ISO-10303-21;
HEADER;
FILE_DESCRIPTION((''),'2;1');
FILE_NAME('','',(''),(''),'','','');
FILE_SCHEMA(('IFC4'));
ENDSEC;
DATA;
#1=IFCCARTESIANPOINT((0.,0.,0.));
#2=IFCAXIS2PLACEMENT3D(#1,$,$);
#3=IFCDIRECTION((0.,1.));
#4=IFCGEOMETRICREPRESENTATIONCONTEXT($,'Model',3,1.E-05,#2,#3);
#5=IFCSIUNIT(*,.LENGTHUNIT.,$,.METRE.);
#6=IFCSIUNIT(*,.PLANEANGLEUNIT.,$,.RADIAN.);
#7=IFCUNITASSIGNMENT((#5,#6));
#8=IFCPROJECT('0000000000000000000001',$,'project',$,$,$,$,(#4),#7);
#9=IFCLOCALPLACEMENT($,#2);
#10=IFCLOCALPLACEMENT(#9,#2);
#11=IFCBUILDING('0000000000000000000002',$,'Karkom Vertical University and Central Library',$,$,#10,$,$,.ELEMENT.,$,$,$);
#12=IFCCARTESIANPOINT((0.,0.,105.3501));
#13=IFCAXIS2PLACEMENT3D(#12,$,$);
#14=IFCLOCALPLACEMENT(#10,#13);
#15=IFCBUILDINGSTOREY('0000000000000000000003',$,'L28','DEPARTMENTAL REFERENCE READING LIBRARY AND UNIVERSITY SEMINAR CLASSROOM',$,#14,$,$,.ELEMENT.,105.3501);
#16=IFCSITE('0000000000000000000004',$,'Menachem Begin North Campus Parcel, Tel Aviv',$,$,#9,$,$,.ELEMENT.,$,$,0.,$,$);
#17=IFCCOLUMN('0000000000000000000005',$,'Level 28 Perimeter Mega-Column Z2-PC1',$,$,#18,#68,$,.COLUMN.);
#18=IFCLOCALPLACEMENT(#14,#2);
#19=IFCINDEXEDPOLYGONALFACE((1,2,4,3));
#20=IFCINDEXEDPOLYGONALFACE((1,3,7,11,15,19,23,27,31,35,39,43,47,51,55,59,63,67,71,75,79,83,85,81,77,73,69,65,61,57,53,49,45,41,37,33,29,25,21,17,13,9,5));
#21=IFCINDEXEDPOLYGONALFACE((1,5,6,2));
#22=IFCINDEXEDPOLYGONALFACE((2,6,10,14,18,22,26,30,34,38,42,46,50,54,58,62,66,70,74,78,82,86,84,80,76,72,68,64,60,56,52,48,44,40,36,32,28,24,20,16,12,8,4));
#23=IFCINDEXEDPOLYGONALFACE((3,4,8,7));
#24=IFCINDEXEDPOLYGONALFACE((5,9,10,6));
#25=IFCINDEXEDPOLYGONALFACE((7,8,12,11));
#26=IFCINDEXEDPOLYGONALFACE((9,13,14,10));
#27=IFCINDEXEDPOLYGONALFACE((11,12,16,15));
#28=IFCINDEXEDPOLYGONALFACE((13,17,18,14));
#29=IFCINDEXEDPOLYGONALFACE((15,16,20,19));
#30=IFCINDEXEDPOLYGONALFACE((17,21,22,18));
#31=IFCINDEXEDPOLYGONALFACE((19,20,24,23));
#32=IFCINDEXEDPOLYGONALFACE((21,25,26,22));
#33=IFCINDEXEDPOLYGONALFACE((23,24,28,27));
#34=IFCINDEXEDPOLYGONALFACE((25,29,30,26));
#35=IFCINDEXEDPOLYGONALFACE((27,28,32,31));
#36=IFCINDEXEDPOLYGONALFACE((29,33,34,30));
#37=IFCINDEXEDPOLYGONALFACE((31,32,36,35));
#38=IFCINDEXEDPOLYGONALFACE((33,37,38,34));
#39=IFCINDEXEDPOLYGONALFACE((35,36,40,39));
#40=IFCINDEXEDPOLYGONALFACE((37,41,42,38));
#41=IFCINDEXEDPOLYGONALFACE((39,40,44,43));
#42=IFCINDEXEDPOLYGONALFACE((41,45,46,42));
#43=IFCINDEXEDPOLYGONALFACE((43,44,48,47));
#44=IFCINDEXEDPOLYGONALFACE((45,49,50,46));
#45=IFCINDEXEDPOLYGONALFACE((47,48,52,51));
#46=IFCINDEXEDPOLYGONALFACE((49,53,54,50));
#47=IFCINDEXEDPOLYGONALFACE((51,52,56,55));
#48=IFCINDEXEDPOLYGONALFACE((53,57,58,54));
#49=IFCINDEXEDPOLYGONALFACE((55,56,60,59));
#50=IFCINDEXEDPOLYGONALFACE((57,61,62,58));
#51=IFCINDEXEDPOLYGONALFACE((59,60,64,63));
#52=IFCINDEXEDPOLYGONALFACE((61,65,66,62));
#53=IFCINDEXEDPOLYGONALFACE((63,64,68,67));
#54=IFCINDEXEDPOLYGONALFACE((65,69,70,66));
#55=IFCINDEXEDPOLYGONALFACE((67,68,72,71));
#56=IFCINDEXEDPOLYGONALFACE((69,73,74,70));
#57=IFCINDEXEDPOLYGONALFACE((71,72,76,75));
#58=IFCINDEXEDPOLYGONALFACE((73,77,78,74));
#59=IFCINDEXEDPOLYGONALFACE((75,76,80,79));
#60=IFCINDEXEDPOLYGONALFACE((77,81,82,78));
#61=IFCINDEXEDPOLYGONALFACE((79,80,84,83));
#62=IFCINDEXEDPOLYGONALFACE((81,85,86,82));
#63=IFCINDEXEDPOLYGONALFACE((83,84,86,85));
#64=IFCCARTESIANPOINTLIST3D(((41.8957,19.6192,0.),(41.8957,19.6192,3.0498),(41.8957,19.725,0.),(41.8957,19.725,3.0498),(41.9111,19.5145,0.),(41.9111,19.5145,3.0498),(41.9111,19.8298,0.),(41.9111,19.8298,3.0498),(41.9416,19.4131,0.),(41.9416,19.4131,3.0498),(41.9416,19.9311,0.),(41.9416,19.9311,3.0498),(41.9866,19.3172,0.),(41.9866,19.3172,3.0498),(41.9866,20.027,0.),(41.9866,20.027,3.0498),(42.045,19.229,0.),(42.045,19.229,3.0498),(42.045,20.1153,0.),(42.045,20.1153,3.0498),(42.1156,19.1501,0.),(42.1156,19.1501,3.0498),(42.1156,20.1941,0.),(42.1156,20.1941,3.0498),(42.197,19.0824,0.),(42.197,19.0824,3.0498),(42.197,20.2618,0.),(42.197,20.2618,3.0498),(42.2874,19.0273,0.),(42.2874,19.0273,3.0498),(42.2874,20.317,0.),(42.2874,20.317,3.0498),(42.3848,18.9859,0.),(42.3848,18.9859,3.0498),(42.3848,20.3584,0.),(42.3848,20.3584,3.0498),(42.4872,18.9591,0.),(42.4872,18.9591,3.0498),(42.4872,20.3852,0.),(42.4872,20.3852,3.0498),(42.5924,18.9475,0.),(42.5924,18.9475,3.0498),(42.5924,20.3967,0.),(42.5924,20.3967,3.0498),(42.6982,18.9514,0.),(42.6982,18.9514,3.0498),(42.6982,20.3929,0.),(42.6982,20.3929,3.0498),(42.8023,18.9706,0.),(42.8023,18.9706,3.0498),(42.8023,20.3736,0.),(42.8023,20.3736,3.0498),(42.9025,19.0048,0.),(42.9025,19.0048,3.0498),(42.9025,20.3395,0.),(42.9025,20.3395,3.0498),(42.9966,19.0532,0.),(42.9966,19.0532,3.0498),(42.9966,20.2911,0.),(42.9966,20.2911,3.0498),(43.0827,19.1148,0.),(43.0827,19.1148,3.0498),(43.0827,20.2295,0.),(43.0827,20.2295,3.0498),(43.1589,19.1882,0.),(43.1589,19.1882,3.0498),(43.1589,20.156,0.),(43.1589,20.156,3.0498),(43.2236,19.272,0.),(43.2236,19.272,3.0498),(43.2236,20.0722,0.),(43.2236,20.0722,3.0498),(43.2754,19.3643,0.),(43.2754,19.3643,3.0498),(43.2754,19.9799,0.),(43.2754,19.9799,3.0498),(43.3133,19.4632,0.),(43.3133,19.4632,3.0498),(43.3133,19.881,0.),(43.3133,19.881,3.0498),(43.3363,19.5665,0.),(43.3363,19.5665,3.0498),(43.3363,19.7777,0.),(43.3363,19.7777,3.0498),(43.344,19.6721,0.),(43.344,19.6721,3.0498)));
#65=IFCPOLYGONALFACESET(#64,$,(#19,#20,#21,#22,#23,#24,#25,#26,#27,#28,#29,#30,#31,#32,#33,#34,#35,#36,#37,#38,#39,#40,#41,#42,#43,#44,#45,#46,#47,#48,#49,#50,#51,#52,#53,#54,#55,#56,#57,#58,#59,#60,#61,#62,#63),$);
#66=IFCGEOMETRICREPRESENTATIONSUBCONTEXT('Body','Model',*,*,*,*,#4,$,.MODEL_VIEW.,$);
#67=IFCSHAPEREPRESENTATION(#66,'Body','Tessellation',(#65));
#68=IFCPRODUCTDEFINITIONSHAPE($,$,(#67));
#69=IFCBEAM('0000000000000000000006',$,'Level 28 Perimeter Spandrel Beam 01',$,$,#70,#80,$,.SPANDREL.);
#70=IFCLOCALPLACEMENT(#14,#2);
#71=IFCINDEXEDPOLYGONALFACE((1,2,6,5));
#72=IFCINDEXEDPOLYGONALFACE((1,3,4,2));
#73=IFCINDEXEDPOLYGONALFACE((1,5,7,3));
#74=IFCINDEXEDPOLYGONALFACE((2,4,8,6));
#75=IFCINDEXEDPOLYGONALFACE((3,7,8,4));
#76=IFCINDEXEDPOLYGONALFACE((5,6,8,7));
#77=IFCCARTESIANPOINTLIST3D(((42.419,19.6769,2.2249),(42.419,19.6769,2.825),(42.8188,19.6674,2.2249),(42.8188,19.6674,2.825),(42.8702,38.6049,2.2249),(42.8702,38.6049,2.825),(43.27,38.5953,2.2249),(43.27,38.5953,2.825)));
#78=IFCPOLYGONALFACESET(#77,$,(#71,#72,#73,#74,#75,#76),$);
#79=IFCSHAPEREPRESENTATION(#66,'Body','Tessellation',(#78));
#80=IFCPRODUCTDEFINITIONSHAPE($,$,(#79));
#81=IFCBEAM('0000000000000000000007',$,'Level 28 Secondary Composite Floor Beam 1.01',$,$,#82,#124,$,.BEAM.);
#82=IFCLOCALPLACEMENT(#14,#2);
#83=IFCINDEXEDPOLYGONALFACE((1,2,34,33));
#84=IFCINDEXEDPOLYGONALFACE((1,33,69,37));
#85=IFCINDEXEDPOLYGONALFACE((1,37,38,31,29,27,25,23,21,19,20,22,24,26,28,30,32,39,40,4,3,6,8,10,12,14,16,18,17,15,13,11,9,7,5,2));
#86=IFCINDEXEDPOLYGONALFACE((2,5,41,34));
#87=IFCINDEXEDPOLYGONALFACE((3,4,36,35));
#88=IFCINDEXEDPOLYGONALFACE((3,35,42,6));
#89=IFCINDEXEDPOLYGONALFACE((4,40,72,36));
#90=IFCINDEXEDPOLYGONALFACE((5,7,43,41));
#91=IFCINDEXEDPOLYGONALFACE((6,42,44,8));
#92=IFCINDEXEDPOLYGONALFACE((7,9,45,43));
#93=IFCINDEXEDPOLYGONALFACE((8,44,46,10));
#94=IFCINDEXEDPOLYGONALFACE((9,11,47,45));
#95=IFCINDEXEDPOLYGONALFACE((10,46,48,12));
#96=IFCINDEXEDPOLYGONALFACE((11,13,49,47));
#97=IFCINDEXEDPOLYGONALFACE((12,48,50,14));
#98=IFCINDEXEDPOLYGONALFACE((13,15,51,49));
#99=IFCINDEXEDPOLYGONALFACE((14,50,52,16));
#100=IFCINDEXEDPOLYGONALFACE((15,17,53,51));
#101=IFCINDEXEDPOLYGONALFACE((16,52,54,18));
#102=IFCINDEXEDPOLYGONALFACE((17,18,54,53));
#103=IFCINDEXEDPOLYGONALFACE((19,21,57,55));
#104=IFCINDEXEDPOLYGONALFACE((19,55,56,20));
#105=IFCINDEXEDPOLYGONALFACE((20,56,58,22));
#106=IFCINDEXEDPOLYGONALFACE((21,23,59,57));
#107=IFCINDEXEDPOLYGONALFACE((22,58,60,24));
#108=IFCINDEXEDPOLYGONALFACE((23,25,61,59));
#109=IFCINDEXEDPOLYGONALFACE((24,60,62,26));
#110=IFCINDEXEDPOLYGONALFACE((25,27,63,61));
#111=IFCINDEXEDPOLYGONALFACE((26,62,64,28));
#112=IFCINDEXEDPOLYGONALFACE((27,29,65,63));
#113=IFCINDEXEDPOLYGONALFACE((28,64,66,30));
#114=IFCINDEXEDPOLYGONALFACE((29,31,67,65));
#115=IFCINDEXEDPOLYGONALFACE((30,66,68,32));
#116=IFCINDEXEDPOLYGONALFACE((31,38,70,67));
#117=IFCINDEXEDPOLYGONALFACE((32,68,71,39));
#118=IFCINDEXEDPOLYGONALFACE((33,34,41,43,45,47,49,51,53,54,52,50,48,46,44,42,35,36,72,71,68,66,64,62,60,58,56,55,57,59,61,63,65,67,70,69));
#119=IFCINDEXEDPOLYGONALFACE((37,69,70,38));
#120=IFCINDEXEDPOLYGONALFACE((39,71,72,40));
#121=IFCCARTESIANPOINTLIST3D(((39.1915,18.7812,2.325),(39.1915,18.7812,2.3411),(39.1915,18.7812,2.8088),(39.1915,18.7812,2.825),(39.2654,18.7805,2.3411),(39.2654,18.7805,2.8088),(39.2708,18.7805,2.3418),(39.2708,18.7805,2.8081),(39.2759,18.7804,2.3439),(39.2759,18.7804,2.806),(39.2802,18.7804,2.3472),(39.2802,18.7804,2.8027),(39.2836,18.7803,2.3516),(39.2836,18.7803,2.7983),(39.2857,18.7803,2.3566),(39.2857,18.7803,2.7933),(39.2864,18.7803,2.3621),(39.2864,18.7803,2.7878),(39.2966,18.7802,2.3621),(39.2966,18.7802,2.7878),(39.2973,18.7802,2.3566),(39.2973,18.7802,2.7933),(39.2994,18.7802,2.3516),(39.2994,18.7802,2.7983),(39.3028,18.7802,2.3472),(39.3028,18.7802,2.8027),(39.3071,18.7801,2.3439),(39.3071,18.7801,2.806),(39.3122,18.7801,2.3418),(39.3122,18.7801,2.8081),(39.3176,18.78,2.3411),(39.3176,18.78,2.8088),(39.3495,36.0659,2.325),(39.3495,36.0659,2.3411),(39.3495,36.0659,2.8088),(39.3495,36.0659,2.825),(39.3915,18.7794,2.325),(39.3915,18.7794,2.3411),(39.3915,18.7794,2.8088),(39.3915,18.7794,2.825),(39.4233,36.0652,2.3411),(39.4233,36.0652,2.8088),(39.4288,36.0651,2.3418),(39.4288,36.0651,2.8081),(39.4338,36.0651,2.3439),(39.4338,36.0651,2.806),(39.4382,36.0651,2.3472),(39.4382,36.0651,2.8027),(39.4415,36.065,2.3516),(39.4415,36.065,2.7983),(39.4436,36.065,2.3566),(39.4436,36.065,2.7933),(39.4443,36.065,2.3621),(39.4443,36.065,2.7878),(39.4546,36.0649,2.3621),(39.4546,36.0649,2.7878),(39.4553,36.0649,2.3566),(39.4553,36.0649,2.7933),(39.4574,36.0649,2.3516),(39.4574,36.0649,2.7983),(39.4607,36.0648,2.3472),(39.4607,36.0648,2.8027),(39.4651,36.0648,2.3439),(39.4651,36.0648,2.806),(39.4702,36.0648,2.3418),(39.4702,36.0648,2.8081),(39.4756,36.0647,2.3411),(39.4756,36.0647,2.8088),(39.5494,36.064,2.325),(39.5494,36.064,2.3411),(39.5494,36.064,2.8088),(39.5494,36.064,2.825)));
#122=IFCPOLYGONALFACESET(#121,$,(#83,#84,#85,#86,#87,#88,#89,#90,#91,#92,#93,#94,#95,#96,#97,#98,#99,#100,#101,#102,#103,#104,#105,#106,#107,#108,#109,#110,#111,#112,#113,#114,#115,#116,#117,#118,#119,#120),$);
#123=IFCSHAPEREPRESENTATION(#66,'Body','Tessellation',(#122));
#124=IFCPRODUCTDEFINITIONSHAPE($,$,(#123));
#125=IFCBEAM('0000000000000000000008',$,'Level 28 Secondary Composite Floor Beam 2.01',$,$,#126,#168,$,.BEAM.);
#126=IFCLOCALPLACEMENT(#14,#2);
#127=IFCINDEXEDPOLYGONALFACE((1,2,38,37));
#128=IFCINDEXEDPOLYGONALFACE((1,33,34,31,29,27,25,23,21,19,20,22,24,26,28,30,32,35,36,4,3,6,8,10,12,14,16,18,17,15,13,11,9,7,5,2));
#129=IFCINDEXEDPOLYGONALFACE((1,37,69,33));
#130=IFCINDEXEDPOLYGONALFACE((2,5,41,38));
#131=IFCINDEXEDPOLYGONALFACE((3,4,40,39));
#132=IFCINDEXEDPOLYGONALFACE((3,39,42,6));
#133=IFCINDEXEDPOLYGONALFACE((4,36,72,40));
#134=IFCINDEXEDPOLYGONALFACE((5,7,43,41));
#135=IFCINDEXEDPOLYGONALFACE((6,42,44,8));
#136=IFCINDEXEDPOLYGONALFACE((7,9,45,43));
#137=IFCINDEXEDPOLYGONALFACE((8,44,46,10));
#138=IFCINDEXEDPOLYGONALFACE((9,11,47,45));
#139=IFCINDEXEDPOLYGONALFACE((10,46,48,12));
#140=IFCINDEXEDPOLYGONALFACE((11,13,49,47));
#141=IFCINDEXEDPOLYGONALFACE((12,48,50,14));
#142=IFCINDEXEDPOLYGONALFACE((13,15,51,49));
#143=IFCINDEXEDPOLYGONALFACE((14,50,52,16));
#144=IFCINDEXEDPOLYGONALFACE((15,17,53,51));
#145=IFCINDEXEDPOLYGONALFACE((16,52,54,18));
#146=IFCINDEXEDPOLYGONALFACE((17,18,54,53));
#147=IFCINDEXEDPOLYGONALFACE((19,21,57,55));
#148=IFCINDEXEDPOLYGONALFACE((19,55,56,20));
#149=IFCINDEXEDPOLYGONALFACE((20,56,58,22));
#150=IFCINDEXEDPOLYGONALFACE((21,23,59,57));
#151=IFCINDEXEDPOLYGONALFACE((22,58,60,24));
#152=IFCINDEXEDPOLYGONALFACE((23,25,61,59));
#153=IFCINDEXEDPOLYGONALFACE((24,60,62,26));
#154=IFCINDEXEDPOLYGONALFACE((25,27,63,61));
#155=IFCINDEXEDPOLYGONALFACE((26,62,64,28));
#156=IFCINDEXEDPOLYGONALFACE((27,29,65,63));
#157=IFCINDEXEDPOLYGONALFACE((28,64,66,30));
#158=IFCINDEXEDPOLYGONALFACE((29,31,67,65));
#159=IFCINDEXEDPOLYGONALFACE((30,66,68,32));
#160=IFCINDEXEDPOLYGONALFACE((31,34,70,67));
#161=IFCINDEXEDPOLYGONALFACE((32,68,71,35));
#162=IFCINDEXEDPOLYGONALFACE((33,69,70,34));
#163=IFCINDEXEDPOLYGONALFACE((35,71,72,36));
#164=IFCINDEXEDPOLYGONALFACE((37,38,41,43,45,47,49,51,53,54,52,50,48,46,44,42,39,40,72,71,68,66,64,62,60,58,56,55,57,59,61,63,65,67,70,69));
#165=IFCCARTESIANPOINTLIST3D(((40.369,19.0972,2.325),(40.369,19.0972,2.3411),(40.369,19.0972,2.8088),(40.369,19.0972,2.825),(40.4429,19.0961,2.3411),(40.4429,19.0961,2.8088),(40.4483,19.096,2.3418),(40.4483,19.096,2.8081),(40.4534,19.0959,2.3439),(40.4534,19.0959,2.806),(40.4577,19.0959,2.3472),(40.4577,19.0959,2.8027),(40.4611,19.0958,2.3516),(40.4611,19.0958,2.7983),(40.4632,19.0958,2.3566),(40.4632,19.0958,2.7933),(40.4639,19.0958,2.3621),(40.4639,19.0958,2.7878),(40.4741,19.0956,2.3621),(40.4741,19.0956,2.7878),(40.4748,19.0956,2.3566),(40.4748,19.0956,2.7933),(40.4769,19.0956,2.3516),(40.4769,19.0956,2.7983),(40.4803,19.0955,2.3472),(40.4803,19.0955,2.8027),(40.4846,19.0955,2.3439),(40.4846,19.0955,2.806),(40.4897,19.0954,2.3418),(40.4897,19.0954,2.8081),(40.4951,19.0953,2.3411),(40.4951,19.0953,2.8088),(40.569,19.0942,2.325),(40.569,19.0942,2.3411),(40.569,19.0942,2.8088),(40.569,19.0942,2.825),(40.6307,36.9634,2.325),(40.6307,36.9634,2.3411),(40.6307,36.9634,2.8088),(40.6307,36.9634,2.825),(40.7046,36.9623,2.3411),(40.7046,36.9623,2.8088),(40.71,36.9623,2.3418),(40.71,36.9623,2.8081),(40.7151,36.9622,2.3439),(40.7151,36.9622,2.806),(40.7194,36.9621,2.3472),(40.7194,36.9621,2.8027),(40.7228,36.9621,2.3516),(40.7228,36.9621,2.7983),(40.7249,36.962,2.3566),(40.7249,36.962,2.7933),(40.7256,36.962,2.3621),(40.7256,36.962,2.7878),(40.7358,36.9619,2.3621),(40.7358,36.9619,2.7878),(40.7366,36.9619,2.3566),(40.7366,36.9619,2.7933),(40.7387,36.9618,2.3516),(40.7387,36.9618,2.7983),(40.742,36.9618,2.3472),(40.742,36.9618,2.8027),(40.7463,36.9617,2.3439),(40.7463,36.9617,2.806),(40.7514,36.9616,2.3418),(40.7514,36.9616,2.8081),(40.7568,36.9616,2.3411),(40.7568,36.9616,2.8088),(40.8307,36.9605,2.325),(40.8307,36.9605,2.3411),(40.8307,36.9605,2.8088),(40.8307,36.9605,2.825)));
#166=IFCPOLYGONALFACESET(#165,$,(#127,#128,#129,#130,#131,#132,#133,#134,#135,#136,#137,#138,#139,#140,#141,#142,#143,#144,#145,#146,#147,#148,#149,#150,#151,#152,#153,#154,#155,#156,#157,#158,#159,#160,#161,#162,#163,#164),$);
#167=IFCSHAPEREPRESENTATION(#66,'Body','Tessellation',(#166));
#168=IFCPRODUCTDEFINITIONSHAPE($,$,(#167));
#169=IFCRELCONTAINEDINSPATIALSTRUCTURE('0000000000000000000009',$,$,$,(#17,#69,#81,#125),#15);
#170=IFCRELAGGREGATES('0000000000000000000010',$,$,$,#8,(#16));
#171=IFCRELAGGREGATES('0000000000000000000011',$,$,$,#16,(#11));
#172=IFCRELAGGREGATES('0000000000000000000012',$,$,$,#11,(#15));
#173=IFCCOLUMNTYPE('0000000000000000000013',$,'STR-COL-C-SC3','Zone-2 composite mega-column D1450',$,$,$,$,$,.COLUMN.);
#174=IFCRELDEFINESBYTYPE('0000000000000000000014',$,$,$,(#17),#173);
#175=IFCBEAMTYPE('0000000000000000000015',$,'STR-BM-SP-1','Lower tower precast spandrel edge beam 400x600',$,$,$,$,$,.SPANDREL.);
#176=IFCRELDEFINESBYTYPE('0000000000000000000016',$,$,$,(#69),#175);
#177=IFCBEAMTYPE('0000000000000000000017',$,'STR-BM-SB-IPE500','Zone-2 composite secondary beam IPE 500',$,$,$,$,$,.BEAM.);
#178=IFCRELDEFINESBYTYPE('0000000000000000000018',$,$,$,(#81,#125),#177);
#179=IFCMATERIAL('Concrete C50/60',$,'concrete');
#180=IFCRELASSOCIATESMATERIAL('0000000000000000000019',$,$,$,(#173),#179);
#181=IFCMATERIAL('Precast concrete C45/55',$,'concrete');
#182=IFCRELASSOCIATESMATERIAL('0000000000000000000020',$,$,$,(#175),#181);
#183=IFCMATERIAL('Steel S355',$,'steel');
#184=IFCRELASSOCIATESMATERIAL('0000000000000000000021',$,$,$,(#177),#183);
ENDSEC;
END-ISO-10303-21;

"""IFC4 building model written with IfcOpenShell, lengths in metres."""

from ifc_helpers import new_model, si_unit, direction, frame, origin, origin_with_axes, origin_2d, place, context, subcontext, project, spatial, rectangle, circle, i_section, extrude, source, transform, mapped, material, material_profile, profile_set, type_object, element, save


model = new_model("IFC4")

# Units and contexts
model_context = context("Model", 3, precision=1e-05, world=origin(), true_north=direction((0.0, 1.0)))
body_context = subcontext(model_context, "Body", "Model", "MODEL_VIEW")
ifc_project = project(units=[si_unit("LENGTHUNIT", "METRE"), si_unit("PLANEANGLEUNIT", "RADIAN")], contexts=[model_context])

# Site, building, storey
site_placement = place(None, origin())
site = spatial("IfcSite", under=ifc_project, at=site_placement, Name="Menachem Begin North Campus Parcel, Tel Aviv", CompositionType="ELEMENT", RefElevation=0.0)
building_placement = place(site_placement, origin())
building = spatial("IfcBuilding", under=site, at=building_placement, Name="Karkom Vertical University and Central Library", CompositionType="ELEMENT")
storey_placement = place(building_placement, frame((0.0, 0.0, 105.3501)))
storey = spatial("IfcBuildingStorey", under=building, at=storey_placement, Name="L28", Description="DEPARTMENTAL REFERENCE READING LIBRARY AND UNIVERSITY SEMINAR CLASSROOM", CompositionType="ELEMENT", Elevation=105.3501)

# Column
ifc_material_1 = material(Name="Concrete C50/60", Category="concrete")
ifc_material_profile_1 = material_profile(ifc_material_1, circle(Radius=0.7251, at=origin_2d()), Name="CFT-D1450")
ifc_profile_set_1 = profile_set([ifc_material_profile_1], Name="Concrete C50/60")
column_type = type_object("IfcColumnType", Name="STR-COL-C-SC3", Description="Zone-2 composite mega-column D1450", PredefinedType="COLUMN", material=ifc_profile_set_1)
shared_shape_1 = source(origin_with_axes(), body_context, "Body", "SweptSolid", [
    extrude(circle(Radius=0.7251, at=origin_2d()), origin(), (0.0, 0.0, 1.0), 3.0498),
])
column_placement = place(storey_placement, frame((42.6189, 19.6721, 0.0), z_axis=(0.0, 0.0, 1.0), x_axis=(1.0, 0.0, 0.0)))
element("IfcColumn", 1, at=column_placement, inside=storey, type_object=column_type, Name="Level 28 Perimeter Mega-Column Z2-PC1", PredefinedType="COLUMN", context=body_context, shape_type="MappedRepresentation", body=[
    mapped(shared_shape_1, transform((0.0, 0.0, 0.0), scale=1.0)),
])

# Beams
ifc_material_2 = material(Name="Precast concrete C45/55", Category="concrete")
ifc_material_profile_2 = material_profile(ifc_material_2, rectangle(XDim=0.3999, YDim=0.6001, at=origin_2d()), Name="SPB-400x600")
ifc_profile_set_2 = profile_set([ifc_material_profile_2], Name="Precast concrete C45/55")
beam_type_1 = type_object("IfcBeamType", Name="STR-BM-SP-1", Description="Lower tower precast spandrel edge beam 400x600", PredefinedType="SPANDREL", material=ifc_profile_set_2)
shared_shape_2 = source(origin_with_axes(), body_context, "Body", "SweptSolid", [
    extrude(rectangle(XDim=0.3999, YDim=0.6001, at=origin_2d()), origin(), (0.0, 0.0, 1.0), 18.9333),
])
beam_1_placement = place(storey_placement, frame((42.6189, 19.6721, 2.5249), z_axis=(0.023829, 0.999716, 0.0), x_axis=(-0.999716, 0.023829, 0.0)))
element("IfcBeam", 2, at=beam_1_placement, inside=storey, type_object=beam_type_1, Name="Level 28 Perimeter Spandrel Beam 01", PredefinedType="SPANDREL", context=body_context, shape_type="MappedRepresentation", body=[
    mapped(shared_shape_2, transform((0.0, 0.0, 0.0), scale=1.0)),
])
ifc_material_3 = material(Name="Steel S355", Category="steel")
ifc_material_profile_3 = material_profile(ifc_material_3, i_section(OverallWidth=0.2, OverallDepth=0.5, WebThickness=0.0103, FlangeThickness=0.0161, FilletRadius=0.021, at=origin_2d()), Name="IPE 500")
ifc_profile_set_3 = profile_set([ifc_material_profile_3], Name="Steel S355")
beam_type_2 = type_object("IfcBeamType", Name="STR-BM-SB-IPE500", Description="Zone-2 composite secondary beam IPE 500", PredefinedType="BEAM", material=ifc_profile_set_3)
shared_shape_3 = source(origin_with_axes(), body_context, "Body", "SweptSolid", [
    extrude(i_section(OverallWidth=0.2, OverallDepth=0.5, WebThickness=0.0103, FlangeThickness=0.0161, FilletRadius=0.021, at=origin_2d()), origin(), (0.0, 0.0, 1.0), 17.2854),
])
beam_2_placement = place(storey_placement, frame((39.2915, 18.7803, 2.575), z_axis=(0.009138, 0.999958, 0.0), x_axis=(-0.999958, 0.009138, 0.0)))
element("IfcBeam", 3, at=beam_2_placement, inside=storey, type_object=beam_type_2, Name="Level 28 Secondary Composite Floor Beam 1.01", PredefinedType="BEAM", context=body_context, shape_type="MappedRepresentation", body=[
    mapped(shared_shape_3, transform((0.0, 0.0, 0.0), scale=1.0)),
])
shared_shape_4 = source(origin_with_axes(), body_context, "Body", "SweptSolid", [
    extrude(i_section(OverallWidth=0.2, OverallDepth=0.5, WebThickness=0.0103, FlangeThickness=0.0161, FilletRadius=0.021, at=origin_2d()), origin(), (0.0, 0.0, 1.0), 17.8682),
])
beam_3_placement = place(storey_placement, frame((40.469, 19.0957, 2.575), z_axis=(0.014647, 0.999893, 0.0), x_axis=(-0.999893, 0.014647, 0.0)))
element("IfcBeam", 4, at=beam_3_placement, inside=storey, type_object=beam_type_2, Name="Level 28 Secondary Composite Floor Beam 2.01", PredefinedType="BEAM", context=body_context, shape_type="MappedRepresentation", body=[
    mapped(shared_shape_4, transform((0.0, 0.0, 0.0), scale=1.0)),
])

save(model, "model.ifc")
